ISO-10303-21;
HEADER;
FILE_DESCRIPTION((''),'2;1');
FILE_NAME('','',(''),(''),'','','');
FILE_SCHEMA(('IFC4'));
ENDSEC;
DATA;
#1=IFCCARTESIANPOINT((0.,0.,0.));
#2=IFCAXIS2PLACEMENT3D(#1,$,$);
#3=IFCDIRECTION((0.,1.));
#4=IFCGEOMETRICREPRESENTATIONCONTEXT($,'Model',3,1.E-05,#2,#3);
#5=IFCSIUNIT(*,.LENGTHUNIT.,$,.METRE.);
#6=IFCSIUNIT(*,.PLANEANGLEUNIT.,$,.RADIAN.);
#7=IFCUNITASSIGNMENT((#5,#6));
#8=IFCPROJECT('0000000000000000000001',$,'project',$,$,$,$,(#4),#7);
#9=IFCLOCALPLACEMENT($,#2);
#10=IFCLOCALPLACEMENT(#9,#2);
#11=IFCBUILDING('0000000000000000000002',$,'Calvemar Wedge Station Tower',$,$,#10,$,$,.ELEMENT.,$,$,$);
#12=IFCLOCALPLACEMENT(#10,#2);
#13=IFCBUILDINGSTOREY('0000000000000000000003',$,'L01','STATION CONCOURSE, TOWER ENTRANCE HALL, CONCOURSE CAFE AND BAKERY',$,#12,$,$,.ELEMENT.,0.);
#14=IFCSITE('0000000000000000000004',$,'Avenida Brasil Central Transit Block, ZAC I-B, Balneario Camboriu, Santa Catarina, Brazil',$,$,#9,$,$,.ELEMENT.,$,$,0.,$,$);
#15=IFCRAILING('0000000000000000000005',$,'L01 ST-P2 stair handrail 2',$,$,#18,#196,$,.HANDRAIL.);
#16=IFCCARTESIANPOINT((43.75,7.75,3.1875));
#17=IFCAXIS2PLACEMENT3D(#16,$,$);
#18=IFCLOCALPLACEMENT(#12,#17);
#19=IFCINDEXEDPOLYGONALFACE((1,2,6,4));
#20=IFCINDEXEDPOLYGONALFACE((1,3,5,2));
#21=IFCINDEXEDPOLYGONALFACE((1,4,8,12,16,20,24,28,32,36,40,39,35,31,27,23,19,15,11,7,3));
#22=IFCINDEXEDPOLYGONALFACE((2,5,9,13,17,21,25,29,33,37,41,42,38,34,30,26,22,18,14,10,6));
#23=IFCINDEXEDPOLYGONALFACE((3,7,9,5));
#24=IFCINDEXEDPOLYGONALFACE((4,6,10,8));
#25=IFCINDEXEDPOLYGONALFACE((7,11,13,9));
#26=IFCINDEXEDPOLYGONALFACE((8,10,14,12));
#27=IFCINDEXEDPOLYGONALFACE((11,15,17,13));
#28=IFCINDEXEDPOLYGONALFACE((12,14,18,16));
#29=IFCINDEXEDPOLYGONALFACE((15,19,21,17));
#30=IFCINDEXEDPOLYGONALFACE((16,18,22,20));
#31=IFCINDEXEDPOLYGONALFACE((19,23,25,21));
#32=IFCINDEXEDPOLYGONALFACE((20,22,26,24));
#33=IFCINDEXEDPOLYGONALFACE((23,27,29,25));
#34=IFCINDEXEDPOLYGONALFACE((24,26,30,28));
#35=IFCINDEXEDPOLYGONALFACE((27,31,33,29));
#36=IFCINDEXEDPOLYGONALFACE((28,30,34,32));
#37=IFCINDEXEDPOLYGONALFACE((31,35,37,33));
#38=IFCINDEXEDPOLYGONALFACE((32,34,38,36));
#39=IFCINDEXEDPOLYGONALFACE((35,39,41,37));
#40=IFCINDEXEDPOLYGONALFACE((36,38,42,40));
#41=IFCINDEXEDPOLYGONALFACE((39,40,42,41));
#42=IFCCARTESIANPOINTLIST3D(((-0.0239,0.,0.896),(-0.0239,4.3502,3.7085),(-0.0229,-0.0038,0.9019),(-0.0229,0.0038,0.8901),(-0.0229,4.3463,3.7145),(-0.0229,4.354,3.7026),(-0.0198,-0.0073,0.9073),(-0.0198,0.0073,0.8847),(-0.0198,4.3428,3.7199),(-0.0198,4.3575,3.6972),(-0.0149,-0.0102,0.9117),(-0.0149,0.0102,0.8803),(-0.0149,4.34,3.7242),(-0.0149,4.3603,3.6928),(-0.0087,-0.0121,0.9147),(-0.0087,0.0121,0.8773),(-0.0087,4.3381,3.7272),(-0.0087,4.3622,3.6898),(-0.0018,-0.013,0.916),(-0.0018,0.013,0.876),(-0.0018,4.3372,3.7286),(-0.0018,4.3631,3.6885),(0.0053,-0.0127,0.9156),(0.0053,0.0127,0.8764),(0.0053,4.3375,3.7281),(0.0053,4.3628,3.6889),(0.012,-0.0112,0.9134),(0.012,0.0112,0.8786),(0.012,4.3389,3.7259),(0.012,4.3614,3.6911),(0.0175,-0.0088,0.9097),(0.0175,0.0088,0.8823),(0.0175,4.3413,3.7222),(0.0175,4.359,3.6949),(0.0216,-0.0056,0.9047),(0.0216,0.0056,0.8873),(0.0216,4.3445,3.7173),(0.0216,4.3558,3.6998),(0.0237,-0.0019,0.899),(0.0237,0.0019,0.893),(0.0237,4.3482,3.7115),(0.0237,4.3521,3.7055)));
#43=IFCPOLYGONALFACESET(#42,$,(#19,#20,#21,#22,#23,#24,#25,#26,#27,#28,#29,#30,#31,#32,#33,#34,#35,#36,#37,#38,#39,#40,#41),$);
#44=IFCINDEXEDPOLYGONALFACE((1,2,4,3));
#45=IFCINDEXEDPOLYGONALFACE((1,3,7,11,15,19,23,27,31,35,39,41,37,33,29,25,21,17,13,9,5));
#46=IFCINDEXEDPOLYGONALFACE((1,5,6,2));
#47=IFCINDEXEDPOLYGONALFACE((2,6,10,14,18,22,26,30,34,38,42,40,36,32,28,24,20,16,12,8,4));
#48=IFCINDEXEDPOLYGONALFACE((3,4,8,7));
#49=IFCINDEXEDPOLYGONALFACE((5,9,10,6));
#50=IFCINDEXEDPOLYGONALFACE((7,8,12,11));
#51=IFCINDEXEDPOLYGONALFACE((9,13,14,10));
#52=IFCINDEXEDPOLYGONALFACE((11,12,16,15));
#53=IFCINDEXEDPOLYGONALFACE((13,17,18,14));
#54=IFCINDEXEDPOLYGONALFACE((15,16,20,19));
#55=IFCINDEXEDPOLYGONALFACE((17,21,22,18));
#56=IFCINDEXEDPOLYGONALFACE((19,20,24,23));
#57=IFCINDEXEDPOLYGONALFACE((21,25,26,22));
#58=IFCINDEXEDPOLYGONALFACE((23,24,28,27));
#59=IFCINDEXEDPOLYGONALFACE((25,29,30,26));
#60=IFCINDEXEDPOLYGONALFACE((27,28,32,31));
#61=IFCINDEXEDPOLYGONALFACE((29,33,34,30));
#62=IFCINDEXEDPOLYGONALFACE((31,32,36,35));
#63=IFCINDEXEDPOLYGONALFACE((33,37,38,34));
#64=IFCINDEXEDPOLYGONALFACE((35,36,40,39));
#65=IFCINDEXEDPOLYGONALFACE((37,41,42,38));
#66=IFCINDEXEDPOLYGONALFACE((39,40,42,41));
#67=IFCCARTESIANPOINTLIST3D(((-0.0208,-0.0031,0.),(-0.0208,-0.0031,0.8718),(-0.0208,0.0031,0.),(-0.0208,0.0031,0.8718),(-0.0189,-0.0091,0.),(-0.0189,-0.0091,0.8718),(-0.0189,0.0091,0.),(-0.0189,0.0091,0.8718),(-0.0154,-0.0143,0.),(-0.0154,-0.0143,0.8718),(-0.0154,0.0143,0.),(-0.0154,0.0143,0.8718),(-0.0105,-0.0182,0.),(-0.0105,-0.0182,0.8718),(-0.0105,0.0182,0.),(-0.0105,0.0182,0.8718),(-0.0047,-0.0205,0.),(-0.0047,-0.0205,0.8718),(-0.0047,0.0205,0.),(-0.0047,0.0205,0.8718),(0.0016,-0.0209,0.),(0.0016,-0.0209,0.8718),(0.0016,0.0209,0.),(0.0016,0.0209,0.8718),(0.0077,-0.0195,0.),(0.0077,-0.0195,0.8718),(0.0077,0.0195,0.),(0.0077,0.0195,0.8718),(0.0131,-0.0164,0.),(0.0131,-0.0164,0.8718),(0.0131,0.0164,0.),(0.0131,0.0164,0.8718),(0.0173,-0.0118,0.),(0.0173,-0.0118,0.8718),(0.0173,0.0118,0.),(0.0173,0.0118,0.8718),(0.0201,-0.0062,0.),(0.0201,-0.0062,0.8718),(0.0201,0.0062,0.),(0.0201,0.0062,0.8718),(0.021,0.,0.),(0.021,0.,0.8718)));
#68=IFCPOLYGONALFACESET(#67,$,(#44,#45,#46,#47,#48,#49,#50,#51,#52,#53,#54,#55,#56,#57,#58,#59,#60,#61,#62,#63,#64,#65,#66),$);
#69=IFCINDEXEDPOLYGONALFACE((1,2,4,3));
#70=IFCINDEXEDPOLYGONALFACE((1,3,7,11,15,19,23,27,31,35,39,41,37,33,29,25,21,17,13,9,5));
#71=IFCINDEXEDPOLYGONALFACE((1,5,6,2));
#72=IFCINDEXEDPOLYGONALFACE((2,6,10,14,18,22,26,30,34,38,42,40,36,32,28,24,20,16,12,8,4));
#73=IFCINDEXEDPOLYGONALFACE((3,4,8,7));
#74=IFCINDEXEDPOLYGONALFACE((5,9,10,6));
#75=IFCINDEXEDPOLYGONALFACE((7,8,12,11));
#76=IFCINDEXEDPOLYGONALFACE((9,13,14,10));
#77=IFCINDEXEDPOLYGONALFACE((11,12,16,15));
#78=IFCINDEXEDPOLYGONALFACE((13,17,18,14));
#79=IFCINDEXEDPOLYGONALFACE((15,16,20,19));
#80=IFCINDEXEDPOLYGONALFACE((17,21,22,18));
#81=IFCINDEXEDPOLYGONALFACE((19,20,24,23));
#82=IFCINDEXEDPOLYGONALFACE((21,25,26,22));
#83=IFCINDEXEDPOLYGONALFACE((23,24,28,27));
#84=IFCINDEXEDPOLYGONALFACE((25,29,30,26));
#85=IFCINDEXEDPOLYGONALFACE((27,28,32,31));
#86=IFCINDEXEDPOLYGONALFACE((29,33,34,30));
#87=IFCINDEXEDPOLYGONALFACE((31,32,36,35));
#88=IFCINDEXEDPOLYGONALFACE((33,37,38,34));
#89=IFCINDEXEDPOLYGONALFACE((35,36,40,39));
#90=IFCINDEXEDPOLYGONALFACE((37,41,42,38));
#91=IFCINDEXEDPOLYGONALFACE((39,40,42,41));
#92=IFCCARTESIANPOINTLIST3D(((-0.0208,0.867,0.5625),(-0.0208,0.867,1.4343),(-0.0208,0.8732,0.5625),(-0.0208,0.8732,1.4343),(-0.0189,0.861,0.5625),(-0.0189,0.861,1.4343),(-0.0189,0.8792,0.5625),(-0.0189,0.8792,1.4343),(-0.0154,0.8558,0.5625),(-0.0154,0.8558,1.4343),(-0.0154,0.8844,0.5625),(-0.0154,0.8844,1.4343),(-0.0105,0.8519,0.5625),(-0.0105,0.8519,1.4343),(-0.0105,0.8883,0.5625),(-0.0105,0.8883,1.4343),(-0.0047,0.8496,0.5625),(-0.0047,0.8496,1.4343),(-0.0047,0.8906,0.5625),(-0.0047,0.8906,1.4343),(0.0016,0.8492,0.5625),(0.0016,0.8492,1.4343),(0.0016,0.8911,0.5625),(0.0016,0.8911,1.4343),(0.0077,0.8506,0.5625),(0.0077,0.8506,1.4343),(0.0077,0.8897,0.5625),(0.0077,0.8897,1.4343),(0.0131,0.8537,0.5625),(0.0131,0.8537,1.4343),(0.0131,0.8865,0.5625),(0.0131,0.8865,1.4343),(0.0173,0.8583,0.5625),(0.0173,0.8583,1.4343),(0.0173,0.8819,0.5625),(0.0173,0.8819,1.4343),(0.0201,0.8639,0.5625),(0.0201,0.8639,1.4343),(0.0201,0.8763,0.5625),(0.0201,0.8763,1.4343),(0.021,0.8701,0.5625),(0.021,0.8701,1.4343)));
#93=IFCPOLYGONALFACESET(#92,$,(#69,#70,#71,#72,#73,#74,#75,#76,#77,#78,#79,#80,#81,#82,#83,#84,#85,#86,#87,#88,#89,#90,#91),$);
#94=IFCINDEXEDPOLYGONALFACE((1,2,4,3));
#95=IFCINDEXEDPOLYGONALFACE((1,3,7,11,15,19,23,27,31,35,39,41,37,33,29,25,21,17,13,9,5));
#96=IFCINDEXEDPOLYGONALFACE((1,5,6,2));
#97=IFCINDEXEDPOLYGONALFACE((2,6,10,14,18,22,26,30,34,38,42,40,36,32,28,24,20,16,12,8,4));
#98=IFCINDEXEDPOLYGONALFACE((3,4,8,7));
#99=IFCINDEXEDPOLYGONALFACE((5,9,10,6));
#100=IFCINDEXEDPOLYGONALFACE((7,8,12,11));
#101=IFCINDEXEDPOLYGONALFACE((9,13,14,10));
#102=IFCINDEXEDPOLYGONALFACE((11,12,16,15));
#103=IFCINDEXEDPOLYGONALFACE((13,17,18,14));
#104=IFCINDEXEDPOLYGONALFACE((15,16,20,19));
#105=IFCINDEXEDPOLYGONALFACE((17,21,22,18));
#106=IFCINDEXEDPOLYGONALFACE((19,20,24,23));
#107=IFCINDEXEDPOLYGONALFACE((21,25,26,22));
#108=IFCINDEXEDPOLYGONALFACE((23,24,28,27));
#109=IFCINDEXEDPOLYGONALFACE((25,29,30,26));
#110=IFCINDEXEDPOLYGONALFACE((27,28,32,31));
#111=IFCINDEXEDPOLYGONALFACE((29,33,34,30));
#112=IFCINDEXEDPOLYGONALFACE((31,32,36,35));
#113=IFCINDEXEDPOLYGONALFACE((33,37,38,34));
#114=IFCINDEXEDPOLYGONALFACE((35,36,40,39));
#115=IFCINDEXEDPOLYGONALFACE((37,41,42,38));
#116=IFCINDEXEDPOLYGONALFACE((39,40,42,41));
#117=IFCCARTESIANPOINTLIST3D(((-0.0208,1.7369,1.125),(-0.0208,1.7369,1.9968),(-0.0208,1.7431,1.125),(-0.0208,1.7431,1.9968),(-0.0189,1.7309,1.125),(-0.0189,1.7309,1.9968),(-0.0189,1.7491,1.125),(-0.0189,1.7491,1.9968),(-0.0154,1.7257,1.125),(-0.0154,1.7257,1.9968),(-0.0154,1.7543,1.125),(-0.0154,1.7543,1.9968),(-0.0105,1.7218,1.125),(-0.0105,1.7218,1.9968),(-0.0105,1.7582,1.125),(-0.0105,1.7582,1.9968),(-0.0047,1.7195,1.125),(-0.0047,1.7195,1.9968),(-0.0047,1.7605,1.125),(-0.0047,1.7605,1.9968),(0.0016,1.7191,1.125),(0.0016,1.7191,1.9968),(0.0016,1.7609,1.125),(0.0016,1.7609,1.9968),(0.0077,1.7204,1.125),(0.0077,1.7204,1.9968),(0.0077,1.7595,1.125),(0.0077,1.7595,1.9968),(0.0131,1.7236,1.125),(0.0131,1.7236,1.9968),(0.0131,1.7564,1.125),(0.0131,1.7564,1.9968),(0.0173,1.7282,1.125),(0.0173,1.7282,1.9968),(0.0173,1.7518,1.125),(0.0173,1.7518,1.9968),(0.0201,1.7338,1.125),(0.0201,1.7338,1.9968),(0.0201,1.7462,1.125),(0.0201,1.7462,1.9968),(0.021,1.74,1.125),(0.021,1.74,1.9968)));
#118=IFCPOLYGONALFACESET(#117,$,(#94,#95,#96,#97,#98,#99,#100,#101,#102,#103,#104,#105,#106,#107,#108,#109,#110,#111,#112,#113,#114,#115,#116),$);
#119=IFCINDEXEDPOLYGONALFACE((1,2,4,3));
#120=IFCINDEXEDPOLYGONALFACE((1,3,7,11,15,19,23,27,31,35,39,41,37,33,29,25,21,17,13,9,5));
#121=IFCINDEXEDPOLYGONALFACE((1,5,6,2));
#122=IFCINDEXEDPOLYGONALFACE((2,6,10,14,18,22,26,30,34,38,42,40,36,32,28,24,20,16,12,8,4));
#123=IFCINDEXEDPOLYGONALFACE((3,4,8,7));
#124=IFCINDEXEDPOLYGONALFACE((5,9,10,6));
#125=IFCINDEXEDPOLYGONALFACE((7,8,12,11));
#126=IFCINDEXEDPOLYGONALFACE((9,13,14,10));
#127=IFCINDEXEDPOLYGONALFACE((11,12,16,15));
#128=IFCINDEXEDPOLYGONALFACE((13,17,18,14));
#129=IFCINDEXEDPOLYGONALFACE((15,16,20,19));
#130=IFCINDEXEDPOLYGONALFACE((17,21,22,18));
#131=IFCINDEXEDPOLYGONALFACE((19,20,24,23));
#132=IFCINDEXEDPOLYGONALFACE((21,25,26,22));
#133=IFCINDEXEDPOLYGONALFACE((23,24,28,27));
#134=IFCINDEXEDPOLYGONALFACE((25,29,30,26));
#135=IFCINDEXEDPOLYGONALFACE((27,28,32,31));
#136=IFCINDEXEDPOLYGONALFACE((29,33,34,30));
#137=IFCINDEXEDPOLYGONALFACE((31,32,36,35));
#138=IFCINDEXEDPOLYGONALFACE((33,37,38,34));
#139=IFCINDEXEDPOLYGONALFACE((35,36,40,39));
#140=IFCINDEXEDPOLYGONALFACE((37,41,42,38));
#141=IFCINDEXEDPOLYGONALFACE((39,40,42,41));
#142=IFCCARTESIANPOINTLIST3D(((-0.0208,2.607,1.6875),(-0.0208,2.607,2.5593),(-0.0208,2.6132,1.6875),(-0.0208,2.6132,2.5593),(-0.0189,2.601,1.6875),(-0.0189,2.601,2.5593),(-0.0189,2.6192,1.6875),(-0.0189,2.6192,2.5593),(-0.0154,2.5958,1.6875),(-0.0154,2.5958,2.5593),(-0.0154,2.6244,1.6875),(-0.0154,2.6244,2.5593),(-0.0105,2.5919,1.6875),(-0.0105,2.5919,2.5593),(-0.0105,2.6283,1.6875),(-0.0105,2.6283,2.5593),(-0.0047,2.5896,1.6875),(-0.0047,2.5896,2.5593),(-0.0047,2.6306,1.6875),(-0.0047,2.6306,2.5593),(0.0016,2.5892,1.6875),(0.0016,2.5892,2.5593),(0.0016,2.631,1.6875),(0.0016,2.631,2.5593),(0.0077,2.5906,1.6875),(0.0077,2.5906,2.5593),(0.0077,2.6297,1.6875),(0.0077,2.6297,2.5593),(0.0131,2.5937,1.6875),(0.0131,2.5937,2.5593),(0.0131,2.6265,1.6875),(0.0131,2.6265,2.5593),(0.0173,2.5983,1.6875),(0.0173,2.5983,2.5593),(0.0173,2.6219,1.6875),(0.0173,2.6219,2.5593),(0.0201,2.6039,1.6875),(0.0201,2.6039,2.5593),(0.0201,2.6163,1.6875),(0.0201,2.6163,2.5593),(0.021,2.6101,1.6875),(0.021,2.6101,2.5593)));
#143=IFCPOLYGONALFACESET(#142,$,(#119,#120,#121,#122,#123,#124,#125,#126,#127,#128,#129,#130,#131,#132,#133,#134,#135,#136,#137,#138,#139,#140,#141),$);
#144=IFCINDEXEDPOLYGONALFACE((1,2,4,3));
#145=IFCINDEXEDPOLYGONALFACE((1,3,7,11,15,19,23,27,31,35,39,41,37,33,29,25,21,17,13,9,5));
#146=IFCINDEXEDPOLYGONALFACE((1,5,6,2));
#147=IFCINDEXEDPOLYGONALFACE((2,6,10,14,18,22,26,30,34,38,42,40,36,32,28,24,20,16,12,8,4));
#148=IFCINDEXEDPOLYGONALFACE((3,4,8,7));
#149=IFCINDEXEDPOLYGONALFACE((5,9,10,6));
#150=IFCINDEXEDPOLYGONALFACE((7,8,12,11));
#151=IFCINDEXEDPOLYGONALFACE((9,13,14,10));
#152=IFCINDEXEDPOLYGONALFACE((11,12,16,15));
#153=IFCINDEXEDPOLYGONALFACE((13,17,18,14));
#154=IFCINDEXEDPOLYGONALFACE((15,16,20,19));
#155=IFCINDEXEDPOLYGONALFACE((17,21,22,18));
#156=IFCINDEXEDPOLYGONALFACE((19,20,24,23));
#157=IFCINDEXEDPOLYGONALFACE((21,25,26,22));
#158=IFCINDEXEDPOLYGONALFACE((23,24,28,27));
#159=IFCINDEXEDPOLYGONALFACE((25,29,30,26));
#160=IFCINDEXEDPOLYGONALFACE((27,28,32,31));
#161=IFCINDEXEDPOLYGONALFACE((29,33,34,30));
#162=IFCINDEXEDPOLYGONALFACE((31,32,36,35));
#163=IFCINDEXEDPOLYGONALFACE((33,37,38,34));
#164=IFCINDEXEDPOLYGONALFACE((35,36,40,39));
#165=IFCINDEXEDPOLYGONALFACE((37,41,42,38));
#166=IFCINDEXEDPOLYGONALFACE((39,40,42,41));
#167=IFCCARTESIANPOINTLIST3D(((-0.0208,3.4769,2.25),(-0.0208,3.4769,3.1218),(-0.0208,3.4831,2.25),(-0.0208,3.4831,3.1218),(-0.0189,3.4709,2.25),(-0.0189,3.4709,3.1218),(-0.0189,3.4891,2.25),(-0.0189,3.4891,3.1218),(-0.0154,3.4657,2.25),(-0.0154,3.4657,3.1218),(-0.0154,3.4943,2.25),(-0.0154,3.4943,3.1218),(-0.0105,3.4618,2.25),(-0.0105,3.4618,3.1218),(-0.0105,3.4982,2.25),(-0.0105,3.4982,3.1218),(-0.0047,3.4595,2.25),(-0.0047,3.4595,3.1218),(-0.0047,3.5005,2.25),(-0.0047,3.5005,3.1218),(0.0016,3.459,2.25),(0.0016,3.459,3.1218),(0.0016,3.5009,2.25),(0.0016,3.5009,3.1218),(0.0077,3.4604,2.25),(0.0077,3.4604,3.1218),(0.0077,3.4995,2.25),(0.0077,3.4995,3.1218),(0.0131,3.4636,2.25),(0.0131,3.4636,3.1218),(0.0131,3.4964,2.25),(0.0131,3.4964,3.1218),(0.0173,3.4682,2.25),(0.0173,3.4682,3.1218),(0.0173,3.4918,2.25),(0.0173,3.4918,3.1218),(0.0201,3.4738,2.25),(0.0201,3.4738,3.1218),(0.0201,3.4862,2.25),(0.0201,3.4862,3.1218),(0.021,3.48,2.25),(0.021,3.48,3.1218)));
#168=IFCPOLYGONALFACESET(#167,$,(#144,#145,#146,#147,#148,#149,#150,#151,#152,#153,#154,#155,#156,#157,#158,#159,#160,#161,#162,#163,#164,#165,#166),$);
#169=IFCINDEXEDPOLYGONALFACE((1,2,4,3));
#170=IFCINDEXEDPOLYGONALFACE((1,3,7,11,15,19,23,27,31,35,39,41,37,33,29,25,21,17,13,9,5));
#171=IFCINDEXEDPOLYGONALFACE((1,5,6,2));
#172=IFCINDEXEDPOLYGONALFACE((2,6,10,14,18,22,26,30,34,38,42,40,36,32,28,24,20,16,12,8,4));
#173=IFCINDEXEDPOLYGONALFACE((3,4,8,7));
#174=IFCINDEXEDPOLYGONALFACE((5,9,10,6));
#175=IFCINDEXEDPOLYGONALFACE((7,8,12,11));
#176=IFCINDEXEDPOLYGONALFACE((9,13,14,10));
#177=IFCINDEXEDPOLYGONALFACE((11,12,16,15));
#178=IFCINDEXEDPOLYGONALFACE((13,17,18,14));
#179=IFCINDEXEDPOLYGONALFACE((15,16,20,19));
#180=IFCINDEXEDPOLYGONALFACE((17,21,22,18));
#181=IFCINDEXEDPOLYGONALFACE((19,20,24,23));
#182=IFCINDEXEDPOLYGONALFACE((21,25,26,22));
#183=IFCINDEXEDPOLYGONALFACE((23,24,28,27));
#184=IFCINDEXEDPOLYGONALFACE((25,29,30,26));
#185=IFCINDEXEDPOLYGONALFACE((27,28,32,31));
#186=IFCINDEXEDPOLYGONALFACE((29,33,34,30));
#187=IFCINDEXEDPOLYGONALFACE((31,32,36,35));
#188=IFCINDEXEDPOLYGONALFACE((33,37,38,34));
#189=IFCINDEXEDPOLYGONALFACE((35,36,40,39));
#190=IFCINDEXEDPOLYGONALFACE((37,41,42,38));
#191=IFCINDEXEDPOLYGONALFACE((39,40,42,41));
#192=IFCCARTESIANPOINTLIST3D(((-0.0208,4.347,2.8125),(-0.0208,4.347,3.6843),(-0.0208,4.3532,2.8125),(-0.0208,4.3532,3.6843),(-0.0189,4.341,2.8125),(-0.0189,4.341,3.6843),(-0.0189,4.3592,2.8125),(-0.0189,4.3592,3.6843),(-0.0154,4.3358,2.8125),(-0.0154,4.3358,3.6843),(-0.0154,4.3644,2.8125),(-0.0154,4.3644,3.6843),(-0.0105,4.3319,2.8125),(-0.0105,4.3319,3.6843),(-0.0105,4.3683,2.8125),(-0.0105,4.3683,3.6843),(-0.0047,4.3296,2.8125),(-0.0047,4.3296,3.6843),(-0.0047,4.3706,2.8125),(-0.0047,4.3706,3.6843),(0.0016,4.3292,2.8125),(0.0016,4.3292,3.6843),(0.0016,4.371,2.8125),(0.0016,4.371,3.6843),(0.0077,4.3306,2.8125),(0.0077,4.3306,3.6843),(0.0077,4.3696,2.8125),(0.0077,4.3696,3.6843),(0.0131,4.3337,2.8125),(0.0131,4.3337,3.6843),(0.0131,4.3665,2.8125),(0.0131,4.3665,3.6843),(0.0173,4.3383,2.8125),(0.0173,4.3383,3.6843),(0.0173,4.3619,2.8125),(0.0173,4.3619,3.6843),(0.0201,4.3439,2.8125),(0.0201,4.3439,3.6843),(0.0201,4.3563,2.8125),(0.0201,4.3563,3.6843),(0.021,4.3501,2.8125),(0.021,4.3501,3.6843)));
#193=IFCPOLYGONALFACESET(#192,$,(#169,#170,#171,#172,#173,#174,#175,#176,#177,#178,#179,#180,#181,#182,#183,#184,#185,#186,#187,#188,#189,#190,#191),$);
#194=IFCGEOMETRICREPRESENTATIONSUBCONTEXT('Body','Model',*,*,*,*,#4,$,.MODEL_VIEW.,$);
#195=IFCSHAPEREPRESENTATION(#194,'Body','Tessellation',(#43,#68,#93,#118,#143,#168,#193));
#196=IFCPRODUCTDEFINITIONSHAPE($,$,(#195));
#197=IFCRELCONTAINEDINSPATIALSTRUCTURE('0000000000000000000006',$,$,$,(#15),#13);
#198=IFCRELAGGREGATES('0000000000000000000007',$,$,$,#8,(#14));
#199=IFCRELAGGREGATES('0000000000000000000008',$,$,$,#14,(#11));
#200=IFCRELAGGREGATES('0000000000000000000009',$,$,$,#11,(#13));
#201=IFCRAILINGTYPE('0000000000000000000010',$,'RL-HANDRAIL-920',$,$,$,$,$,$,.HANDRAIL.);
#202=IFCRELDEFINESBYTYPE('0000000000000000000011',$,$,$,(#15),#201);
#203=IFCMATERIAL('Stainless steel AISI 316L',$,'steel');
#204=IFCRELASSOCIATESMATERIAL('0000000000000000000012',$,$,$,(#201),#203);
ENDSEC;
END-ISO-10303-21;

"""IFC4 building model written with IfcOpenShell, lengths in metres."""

from ifc_helpers import new_model, si_unit, direction, frame, origin, origin_2d, place, context, subcontext, project, spatial, circle, extrude, material, type_object, element, save


model = new_model("IFC4")

# Units and contexts
model_context = context("Model", 3, precision=1e-05, world=origin(), true_north=direction((0.0, 1.0)))
body_context = subcontext(model_context, "Body", "Model", "MODEL_VIEW")
ifc_project = project(units=[si_unit("LENGTHUNIT", "METRE"), si_unit("PLANEANGLEUNIT", "RADIAN")], contexts=[model_context])

# Site, building, storey
site_placement = place(None, origin())
site = spatial("IfcSite", under=ifc_project, at=site_placement, Name="Avenida Brasil Central Transit Block, ZAC I-B, Balneario Camboriu, Santa Catarina, Brazil", CompositionType="ELEMENT", RefElevation=0.0)
building_placement = place(site_placement, origin())
building = spatial("IfcBuilding", under=site, at=building_placement, Name="Calvemar Wedge Station Tower", CompositionType="ELEMENT")
storey_placement = place(building_placement, origin())
storey = spatial("IfcBuildingStorey", under=building, at=storey_placement, Name="L01", Description="STATION CONCOURSE, TOWER ENTRANCE HALL, CONCOURSE CAFE AND BAKERY", CompositionType="ELEMENT", Elevation=0.0)

# Railing
ifc_material_1 = material(Name="Stainless steel AISI 316L", Category="steel")
railing_type_1 = type_object("IfcRailingType", Name="RL-HANDRAIL-920", PredefinedType="HANDRAIL", material=ifc_material_1)
railing_1_placement = place(storey_placement, frame((43.75, 7.75, 3.1875)))
element("IfcRailing", 1, at=railing_1_placement, inside=storey, type_object=railing_type_1, Name="L01 ST-P2 stair handrail 2", PredefinedType="HANDRAIL", context=body_context, shape_type="SweptSolid", body=[
    extrude(circle(Radius=0.0239, at=origin_2d()), frame((0.0, 0.0, 0.896), z_axis=(0.0, 0.83977, 0.542942), x_axis=(-1.0, 0.0, 0.0)), (0.0, 0.0, 1.0), 5.1802),
    extrude(circle(Radius=0.021, at=origin_2d()), origin(), (0.0, 0.0, 1.0), 0.8718),
    extrude(circle(Radius=0.021, at=origin_2d()), frame((0.0, 0.8701, 0.5625)), (0.0, 0.0, 1.0), 0.8718),
    extrude(circle(Radius=0.021, at=origin_2d()), frame((0.0, 1.74, 1.125)), (0.0, 0.0, 1.0), 0.8718),
    extrude(circle(Radius=0.021, at=origin_2d()), frame((0.0, 2.6101, 1.6875)), (0.0, 0.0, 1.0), 0.8718),
    extrude(circle(Radius=0.021, at=origin_2d()), frame((0.0, 3.48, 2.25)), (0.0, 0.0, 1.0), 0.8718),
    extrude(circle(Radius=0.021, at=origin_2d()), frame((0.0, 4.3501, 2.8125)), (0.0, 0.0, 1.0), 0.8718),
])

save(model, "model.ifc")
